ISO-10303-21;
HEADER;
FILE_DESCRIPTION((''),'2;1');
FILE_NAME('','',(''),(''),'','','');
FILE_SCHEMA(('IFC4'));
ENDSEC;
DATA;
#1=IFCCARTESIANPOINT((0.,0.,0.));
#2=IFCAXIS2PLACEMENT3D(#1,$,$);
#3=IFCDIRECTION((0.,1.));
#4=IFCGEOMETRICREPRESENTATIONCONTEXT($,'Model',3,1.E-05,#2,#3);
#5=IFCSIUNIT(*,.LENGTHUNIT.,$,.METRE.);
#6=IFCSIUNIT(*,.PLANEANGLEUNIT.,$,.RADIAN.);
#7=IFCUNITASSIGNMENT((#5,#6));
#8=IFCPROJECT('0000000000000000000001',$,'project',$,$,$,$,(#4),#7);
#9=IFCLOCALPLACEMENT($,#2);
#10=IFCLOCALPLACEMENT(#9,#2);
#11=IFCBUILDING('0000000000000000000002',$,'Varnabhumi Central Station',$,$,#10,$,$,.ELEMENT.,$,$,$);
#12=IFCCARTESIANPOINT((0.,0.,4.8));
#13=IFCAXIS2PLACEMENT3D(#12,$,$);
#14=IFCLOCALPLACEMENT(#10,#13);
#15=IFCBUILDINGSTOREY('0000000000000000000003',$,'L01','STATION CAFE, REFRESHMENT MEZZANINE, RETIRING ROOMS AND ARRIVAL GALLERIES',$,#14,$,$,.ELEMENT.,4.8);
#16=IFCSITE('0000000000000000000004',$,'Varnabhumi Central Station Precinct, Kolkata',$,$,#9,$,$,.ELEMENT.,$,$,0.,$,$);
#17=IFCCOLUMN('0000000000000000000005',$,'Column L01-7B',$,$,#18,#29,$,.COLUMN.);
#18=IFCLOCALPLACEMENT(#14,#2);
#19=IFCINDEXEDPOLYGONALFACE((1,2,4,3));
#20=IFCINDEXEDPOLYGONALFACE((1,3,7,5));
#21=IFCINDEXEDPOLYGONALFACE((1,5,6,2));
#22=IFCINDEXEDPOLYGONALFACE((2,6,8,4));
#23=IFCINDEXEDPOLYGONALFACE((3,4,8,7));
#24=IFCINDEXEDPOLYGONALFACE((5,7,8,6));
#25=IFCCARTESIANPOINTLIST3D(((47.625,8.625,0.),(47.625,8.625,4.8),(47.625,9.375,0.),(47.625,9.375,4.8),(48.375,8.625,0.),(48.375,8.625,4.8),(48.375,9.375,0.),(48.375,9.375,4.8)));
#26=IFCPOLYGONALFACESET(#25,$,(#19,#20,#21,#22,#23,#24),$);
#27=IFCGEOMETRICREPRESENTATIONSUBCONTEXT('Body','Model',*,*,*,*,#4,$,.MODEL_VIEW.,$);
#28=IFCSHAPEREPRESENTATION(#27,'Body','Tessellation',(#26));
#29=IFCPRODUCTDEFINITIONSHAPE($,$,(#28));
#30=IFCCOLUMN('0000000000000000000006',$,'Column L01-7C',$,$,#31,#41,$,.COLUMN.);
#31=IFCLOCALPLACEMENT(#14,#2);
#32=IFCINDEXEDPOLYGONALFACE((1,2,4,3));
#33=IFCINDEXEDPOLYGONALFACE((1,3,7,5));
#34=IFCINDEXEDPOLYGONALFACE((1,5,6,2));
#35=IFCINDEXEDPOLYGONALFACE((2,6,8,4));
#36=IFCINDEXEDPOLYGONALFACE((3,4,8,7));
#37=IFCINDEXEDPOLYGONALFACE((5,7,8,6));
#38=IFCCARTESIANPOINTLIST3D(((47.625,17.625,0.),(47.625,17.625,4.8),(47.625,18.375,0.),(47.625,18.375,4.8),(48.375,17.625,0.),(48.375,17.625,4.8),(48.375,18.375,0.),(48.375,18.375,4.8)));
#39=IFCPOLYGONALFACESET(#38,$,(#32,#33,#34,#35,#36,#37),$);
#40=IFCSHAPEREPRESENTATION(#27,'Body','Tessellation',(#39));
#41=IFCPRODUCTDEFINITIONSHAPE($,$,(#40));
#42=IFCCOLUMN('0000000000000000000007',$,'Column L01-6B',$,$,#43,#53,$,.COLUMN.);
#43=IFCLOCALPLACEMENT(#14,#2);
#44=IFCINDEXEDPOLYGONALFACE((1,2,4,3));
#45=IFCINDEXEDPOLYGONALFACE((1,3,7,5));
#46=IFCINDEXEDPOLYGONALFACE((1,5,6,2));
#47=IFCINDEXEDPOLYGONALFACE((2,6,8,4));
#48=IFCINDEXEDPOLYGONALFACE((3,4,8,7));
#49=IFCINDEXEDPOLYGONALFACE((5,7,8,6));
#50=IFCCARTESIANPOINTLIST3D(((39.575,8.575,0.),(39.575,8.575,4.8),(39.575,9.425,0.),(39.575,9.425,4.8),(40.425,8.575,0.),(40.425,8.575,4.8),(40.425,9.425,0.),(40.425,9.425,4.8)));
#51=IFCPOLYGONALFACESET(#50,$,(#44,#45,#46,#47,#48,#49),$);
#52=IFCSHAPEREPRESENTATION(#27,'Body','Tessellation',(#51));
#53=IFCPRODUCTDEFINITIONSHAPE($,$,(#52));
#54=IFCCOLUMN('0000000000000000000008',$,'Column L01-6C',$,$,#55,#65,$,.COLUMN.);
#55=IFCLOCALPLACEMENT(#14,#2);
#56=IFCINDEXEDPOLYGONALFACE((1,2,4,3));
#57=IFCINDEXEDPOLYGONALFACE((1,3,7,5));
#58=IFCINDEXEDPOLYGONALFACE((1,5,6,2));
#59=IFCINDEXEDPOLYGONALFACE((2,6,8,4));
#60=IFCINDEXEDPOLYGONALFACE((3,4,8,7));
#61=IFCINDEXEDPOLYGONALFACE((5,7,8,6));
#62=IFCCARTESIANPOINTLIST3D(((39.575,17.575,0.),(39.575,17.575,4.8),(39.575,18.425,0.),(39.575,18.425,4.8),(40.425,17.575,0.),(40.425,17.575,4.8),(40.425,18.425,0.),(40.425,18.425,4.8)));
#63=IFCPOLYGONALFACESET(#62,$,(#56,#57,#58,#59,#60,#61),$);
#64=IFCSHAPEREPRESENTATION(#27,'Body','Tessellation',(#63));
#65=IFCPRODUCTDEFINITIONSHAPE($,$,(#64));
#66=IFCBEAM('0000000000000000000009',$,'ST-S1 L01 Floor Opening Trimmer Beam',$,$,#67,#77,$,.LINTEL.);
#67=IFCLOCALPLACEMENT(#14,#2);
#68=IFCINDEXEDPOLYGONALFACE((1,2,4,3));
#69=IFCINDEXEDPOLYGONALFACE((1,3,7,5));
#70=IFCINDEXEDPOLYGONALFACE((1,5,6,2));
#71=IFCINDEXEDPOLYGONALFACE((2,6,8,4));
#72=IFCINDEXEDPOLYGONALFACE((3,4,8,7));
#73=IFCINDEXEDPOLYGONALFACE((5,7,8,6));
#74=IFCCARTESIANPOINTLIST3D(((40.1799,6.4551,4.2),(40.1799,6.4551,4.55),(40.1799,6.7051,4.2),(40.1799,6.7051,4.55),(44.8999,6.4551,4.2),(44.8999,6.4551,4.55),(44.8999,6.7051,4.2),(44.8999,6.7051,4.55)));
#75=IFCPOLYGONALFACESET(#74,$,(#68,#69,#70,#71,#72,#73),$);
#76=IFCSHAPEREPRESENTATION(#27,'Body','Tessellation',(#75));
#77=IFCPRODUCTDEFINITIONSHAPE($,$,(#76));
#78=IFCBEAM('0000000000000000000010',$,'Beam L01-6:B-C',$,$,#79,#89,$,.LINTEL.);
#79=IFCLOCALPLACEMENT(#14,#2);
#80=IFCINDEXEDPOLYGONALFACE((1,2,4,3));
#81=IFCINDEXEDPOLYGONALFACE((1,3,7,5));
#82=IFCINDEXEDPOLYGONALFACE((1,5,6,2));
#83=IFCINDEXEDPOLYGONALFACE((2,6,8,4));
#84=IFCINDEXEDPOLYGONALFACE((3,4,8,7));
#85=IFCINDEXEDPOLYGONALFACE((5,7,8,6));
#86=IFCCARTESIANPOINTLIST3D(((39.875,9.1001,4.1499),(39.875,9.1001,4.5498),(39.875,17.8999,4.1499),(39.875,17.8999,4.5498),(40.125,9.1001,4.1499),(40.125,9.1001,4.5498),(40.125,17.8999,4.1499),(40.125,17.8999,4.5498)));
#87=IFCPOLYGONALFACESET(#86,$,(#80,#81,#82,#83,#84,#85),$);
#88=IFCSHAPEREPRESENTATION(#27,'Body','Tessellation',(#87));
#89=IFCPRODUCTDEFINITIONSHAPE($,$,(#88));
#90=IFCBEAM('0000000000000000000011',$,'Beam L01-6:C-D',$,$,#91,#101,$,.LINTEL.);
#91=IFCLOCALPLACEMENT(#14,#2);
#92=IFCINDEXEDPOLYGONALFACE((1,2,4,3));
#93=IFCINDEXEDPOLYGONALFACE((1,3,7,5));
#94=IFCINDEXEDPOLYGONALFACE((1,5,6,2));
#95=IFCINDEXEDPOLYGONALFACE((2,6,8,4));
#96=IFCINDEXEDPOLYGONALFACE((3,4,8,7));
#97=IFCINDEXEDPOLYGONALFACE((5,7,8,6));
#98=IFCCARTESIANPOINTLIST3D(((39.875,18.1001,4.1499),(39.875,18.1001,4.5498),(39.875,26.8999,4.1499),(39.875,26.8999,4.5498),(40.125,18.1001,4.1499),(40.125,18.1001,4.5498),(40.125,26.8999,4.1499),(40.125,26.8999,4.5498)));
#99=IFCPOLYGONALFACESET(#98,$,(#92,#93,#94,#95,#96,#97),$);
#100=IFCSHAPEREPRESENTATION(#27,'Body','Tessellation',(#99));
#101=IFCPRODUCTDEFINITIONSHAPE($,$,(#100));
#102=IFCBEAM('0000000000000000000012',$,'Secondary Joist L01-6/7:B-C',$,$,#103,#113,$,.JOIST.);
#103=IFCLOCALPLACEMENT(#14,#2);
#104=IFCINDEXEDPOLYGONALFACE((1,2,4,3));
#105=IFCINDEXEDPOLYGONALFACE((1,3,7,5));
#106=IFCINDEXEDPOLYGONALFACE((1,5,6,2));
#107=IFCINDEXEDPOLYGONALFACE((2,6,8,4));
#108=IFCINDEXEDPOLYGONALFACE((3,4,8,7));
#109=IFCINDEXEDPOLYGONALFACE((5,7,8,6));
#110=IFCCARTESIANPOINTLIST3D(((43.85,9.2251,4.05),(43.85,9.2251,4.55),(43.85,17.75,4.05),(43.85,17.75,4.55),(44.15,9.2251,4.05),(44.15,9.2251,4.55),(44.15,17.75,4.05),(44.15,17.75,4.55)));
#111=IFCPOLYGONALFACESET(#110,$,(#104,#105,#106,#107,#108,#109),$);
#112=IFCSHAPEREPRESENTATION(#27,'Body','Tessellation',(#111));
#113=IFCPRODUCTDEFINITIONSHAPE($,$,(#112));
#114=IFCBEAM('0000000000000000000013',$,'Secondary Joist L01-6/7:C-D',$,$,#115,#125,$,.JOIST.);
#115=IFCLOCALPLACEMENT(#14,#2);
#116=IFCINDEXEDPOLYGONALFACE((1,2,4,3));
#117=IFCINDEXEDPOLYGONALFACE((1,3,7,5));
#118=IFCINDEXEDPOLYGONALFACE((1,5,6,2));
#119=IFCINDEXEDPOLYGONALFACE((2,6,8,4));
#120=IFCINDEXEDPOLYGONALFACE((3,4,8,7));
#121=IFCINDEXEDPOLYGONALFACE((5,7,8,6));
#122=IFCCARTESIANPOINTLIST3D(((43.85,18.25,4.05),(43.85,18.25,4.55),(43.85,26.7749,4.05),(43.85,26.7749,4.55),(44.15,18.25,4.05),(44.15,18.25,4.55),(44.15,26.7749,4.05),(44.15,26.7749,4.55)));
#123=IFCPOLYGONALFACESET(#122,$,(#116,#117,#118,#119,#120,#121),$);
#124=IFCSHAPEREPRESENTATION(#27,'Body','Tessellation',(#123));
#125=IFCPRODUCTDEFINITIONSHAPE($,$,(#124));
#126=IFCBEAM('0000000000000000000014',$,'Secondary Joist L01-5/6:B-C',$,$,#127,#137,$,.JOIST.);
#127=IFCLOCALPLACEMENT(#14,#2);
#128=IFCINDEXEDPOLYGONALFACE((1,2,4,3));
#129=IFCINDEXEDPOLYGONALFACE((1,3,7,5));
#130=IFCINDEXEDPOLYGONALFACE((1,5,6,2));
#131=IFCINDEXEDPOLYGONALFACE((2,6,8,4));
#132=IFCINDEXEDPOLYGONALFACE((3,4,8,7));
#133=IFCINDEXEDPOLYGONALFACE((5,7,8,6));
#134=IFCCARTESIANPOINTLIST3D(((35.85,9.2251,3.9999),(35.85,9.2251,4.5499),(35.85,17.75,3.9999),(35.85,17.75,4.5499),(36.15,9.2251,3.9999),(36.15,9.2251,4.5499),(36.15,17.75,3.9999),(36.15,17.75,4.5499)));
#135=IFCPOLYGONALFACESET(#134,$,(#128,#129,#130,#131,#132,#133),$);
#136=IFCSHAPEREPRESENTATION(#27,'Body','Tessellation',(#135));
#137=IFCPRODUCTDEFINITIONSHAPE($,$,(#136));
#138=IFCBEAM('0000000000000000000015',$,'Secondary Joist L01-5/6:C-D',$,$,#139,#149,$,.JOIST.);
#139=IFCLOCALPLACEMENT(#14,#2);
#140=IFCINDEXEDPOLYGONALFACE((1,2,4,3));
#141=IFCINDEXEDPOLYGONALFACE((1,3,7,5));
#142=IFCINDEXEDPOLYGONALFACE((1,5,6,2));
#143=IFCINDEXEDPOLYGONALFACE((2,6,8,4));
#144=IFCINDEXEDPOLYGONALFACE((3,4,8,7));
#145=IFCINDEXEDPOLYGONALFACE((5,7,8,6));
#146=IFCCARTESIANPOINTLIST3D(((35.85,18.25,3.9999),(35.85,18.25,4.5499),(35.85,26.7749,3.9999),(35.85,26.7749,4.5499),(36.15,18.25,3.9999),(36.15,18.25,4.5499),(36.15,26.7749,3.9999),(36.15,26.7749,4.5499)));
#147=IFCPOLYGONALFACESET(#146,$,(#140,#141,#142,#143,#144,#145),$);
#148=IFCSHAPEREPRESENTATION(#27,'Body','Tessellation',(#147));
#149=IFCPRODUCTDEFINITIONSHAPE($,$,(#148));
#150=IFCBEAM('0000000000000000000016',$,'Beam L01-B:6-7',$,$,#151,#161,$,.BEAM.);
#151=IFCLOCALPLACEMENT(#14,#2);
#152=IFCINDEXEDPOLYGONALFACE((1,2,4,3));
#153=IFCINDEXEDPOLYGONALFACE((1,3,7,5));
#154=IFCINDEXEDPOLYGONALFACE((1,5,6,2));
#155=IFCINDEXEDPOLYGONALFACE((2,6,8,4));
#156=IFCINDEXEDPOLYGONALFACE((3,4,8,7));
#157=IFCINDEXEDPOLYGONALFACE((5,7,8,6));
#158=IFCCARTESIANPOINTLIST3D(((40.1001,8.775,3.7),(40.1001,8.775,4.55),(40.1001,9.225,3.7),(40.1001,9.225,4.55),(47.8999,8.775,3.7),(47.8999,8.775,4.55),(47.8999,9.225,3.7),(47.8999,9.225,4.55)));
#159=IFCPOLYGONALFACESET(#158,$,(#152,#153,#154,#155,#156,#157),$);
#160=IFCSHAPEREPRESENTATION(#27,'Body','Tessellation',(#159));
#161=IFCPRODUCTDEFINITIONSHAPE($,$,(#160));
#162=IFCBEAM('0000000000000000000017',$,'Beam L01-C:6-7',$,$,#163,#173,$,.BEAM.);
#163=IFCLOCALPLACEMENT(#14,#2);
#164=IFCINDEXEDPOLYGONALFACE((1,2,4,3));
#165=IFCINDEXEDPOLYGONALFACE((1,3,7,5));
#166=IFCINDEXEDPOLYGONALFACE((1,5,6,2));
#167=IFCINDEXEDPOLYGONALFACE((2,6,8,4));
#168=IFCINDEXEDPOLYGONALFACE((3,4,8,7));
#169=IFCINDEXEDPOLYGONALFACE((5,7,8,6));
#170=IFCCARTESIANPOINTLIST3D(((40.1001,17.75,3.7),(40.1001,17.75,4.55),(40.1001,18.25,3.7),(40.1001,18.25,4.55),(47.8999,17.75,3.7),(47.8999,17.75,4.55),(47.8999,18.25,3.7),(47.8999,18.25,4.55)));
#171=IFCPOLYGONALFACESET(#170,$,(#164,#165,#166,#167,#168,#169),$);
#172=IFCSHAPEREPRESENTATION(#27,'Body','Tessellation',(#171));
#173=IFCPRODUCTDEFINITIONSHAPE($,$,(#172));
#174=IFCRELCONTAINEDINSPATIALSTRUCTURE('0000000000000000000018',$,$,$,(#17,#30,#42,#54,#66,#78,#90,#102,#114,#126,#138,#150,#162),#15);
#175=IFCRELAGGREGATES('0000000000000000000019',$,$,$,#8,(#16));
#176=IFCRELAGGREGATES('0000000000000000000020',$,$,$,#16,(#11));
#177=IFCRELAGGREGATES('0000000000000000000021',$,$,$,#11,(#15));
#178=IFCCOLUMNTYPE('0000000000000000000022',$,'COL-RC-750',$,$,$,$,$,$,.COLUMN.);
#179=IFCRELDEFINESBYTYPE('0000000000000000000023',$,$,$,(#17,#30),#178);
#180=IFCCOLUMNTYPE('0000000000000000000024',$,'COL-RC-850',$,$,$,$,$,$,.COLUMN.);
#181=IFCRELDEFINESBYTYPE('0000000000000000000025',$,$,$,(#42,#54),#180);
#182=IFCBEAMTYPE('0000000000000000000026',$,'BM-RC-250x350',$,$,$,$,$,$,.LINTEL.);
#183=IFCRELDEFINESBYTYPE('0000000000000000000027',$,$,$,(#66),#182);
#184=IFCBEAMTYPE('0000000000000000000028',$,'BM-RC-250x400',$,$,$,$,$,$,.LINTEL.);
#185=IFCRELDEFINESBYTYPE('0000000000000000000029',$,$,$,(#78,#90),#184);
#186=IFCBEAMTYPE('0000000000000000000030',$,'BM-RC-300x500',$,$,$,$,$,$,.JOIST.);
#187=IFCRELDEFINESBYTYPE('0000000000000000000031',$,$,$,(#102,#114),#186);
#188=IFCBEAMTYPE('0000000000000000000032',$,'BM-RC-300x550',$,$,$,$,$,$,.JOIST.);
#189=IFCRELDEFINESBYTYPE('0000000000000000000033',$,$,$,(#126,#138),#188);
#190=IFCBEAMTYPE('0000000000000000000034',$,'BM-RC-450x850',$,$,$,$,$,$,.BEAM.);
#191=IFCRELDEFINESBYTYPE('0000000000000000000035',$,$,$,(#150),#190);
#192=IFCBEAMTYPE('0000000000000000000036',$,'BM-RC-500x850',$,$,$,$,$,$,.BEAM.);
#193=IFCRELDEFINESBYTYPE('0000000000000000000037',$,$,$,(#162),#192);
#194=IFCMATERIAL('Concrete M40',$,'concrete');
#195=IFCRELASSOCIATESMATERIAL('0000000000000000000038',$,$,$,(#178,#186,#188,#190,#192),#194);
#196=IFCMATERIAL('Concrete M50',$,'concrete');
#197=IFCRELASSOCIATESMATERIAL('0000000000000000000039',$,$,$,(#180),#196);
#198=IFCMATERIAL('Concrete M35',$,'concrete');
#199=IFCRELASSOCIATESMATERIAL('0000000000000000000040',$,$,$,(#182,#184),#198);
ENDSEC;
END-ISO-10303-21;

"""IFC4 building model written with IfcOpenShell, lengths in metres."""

from ifc_helpers import new_model, si_unit, direction, frame, origin, origin_2d, place, context, subcontext, project, spatial, rectangle, extrude, material, material_profile, profile_set, type_object, element, save


model = new_model("IFC4")

# Units and contexts
model_context = context("Model", 3, precision=1e-05, world=origin(), true_north=direction((0.0, 1.0)))
body_context = subcontext(model_context, "Body", "Model", "MODEL_VIEW")
ifc_project = project(units=[si_unit("LENGTHUNIT", "METRE"), si_unit("PLANEANGLEUNIT", "RADIAN")], contexts=[model_context])

# Site, building, storey
site_placement = place(None, origin())
site = spatial("IfcSite", under=ifc_project, at=site_placement, Name="Varnabhumi Central Station Precinct, Kolkata", CompositionType="ELEMENT", RefElevation=0.0)
building_placement = place(site_placement, origin())
building = spatial("IfcBuilding", under=site, at=building_placement, Name="Varnabhumi Central Station", CompositionType="ELEMENT")
storey_placement = place(building_placement, frame((0.0, 0.0, 4.8)))
storey = spatial("IfcBuildingStorey", under=building, at=storey_placement, Name="L01", Description="STATION CAFE, REFRESHMENT MEZZANINE, RETIRING ROOMS AND ARRIVAL GALLERIES", CompositionType="ELEMENT", Elevation=4.8)

# Columns
ifc_material_1 = material(Name="Concrete M40", Category="concrete")
ifc_material_profile_1 = material_profile(ifc_material_1, rectangle(XDim=0.75, YDim=0.75, at=origin_2d()), Name="Concrete M40", Category="concrete")
ifc_profile_set_1 = profile_set([ifc_material_profile_1], Name="Concrete M40")
column_type_1 = type_object("IfcColumnType", Name="COL-RC-750", PredefinedType="COLUMN", material=ifc_profile_set_1)
for number, where, z_axis, x_axis, name in (
    (1, (48.0, 9.0, 0.0), (0.0, 0.0, 1.0), (1.0, 0.0, 0.0), "Column L01-7B"),
    (2, (48.0, 18.0, 0.0), (0.0, 0.0, 1.0), (1.0, 0.0, 0.0), "Column L01-7C"),
):
    element("IfcColumn", number, at=place(storey_placement, frame(where, z_axis=z_axis, x_axis=x_axis)), inside=storey, type_object=column_type_1, Name=name, PredefinedType="COLUMN", context=body_context, shape_type="SweptSolid", body=[
        extrude(rectangle(XDim=0.75, YDim=0.75, at=origin_2d()), origin(), (0.0, 0.0, 1.0), 4.8),
    ])
ifc_material_2 = material(Name="Concrete M50", Category="concrete")
ifc_material_profile_2 = material_profile(ifc_material_2, rectangle(XDim=0.8501, YDim=0.8501, at=origin_2d()), Name="Concrete M50", Category="concrete")
ifc_profile_set_2 = profile_set([ifc_material_profile_2], Name="Concrete M50")
column_type_2 = type_object("IfcColumnType", Name="COL-RC-850", PredefinedType="COLUMN", material=ifc_profile_set_2)
for number, where, z_axis, x_axis, name in (
    (3, (40.0, 9.0, 0.0), (0.0, 0.0, 1.0), (1.0, 0.0, 0.0), "Column L01-6B"),
    (4, (40.0, 18.0, 0.0), (0.0, 0.0, 1.0), (1.0, 0.0, 0.0), "Column L01-6C"),
):
    element("IfcColumn", number, at=place(storey_placement, frame(where, z_axis=z_axis, x_axis=x_axis)), inside=storey, type_object=column_type_2, Name=name, PredefinedType="COLUMN", context=body_context, shape_type="SweptSolid", body=[
        extrude(rectangle(XDim=0.8501, YDim=0.8501, at=origin_2d()), origin(), (0.0, 0.0, 1.0), 4.8),
    ])

# Beams
ifc_material_3 = material(Name="Concrete M35", Category="concrete")
ifc_material_profile_3 = material_profile(ifc_material_3, rectangle(XDim=0.25, YDim=0.3501, at=origin_2d()), Name="Concrete M35", Category="concrete")
ifc_profile_set_3 = profile_set([ifc_material_profile_3], Name="Concrete M35")
beam_type_1 = type_object("IfcBeamType", Name="BM-RC-250x350", PredefinedType="LINTEL", material=ifc_profile_set_3)
beam_1_placement = place(storey_placement, frame((40.1799, 6.5801, 4.375), z_axis=(1.0, 0.0, 0.0), x_axis=(0.0, 1.0, 0.0)))
element("IfcBeam", 5, at=beam_1_placement, inside=storey, type_object=beam_type_1, Name="ST-S1 L01 Floor Opening Trimmer Beam", PredefinedType="LINTEL", context=body_context, shape_type="SweptSolid", body=[
    extrude(rectangle(XDim=0.25, YDim=0.3501, at=origin_2d()), origin(), (0.0, 0.0, 1.0), 4.72),
])
ifc_material_profile_4 = material_profile(ifc_material_3, rectangle(XDim=0.25, YDim=0.3999, at=origin_2d()), Name="Concrete M35", Category="concrete")
ifc_profile_set_4 = profile_set([ifc_material_profile_4], Name="Concrete M35")
beam_type_2 = type_object("IfcBeamType", Name="BM-RC-250x400", PredefinedType="LINTEL", material=ifc_profile_set_4)
for number, where, z_axis, x_axis, name in (
    (6, (40.0, 9.1001, 4.3499), (0.0, 1.0, 0.0), (-1.0, 0.0, 0.0), "Beam L01-6:B-C"),
    (7, (40.0, 18.1001, 4.3499), (0.0, 1.0, 0.0), (-1.0, 0.0, 0.0), "Beam L01-6:C-D"),
):
    element("IfcBeam", number, at=place(storey_placement, frame(where, z_axis=z_axis, x_axis=x_axis)), inside=storey, type_object=beam_type_2, Name=name, PredefinedType="LINTEL", context=body_context, shape_type="SweptSolid", body=[
        extrude(rectangle(XDim=0.25, YDim=0.3999, at=origin_2d()), origin(), (0.0, 0.0, 1.0), 8.7998),
    ])
ifc_material_profile_5 = material_profile(ifc_material_1, rectangle(XDim=0.3, YDim=0.5, at=origin_2d()), Name="Concrete M40", Category="concrete")
ifc_profile_set_5 = profile_set([ifc_material_profile_5], Name="Concrete M40")
beam_type_3 = type_object("IfcBeamType", Name="BM-RC-300x500", PredefinedType="JOIST", material=ifc_profile_set_5)
for number, where, z_axis, x_axis, name in (
    (8, (44.0, 9.2251, 4.3), (0.0, 1.0, 0.0), (-1.0, 0.0, 0.0), "Secondary Joist L01-6/7:B-C"),
    (9, (44.0, 18.25, 4.3), (0.0, 1.0, 0.0), (-1.0, 0.0, 0.0), "Secondary Joist L01-6/7:C-D"),
):
    element("IfcBeam", number, at=place(storey_placement, frame(where, z_axis=z_axis, x_axis=x_axis)), inside=storey, type_object=beam_type_3, Name=name, PredefinedType="JOIST", context=body_context, shape_type="SweptSolid", body=[
        extrude(rectangle(XDim=0.3, YDim=0.5, at=origin_2d()), origin(), (0.0, 0.0, 1.0), 8.5249),
    ])
ifc_material_profile_6 = material_profile(ifc_material_1, rectangle(XDim=0.3, YDim=0.55, at=origin_2d()), Name="Concrete M40", Category="concrete")
ifc_profile_set_6 = profile_set([ifc_material_profile_6], Name="Concrete M40")
beam_type_4 = type_object("IfcBeamType", Name="BM-RC-300x550", PredefinedType="JOIST", material=ifc_profile_set_6)
for number, where, z_axis, x_axis, name in (
    (10, (36.0, 9.2251, 4.2749), (0.0, 1.0, 0.0), (-1.0, 0.0, 0.0), "Secondary Joist L01-5/6:B-C"),
    (11, (36.0, 18.25, 4.2749), (0.0, 1.0, 0.0), (-1.0, 0.0, 0.0), "Secondary Joist L01-5/6:C-D"),
):
    element("IfcBeam", number, at=place(storey_placement, frame(where, z_axis=z_axis, x_axis=x_axis)), inside=storey, type_object=beam_type_4, Name=name, PredefinedType="JOIST", context=body_context, shape_type="SweptSolid", body=[
        extrude(rectangle(XDim=0.3, YDim=0.55, at=origin_2d()), origin(), (0.0, 0.0, 1.0), 8.5249),
    ])
ifc_material_profile_7 = material_profile(ifc_material_1, rectangle(XDim=0.45, YDim=0.8501, at=origin_2d()), Name="Concrete M40", Category="concrete")
ifc_profile_set_7 = profile_set([ifc_material_profile_7], Name="Concrete M40")
beam_type_5 = type_object("IfcBeamType", Name="BM-RC-450x850", PredefinedType="BEAM", material=ifc_profile_set_7)
beam_2_placement = place(storey_placement, frame((40.1001, 9.0, 4.125), z_axis=(1.0, 0.0, 0.0), x_axis=(0.0, 1.0, 0.0)))
element("IfcBeam", 12, at=beam_2_placement, inside=storey, type_object=beam_type_5, Name="Beam L01-B:6-7", PredefinedType="BEAM", context=body_context, shape_type="SweptSolid", body=[
    extrude(rectangle(XDim=0.45, YDim=0.8501, at=origin_2d()), origin(), (0.0, 0.0, 1.0), 7.7998),
])
ifc_material_profile_8 = material_profile(ifc_material_1, rectangle(XDim=0.5, YDim=0.8501, at=origin_2d()), Name="Concrete M40", Category="concrete")
ifc_profile_set_8 = profile_set([ifc_material_profile_8], Name="Concrete M40")
beam_type_6 = type_object("IfcBeamType", Name="BM-RC-500x850", PredefinedType="BEAM", material=ifc_profile_set_8)
beam_3_placement = place(storey_placement, frame((40.1001, 18.0, 4.125), z_axis=(1.0, 0.0, 0.0), x_axis=(0.0, 1.0, 0.0)))
element("IfcBeam", 13, at=beam_3_placement, inside=storey, type_object=beam_type_6, Name="Beam L01-C:6-7", PredefinedType="BEAM", context=body_context, shape_type="SweptSolid", body=[
    extrude(rectangle(XDim=0.5, YDim=0.8501, at=origin_2d()), origin(), (0.0, 0.0, 1.0), 7.7998),
])

save(model, "model.ifc")
